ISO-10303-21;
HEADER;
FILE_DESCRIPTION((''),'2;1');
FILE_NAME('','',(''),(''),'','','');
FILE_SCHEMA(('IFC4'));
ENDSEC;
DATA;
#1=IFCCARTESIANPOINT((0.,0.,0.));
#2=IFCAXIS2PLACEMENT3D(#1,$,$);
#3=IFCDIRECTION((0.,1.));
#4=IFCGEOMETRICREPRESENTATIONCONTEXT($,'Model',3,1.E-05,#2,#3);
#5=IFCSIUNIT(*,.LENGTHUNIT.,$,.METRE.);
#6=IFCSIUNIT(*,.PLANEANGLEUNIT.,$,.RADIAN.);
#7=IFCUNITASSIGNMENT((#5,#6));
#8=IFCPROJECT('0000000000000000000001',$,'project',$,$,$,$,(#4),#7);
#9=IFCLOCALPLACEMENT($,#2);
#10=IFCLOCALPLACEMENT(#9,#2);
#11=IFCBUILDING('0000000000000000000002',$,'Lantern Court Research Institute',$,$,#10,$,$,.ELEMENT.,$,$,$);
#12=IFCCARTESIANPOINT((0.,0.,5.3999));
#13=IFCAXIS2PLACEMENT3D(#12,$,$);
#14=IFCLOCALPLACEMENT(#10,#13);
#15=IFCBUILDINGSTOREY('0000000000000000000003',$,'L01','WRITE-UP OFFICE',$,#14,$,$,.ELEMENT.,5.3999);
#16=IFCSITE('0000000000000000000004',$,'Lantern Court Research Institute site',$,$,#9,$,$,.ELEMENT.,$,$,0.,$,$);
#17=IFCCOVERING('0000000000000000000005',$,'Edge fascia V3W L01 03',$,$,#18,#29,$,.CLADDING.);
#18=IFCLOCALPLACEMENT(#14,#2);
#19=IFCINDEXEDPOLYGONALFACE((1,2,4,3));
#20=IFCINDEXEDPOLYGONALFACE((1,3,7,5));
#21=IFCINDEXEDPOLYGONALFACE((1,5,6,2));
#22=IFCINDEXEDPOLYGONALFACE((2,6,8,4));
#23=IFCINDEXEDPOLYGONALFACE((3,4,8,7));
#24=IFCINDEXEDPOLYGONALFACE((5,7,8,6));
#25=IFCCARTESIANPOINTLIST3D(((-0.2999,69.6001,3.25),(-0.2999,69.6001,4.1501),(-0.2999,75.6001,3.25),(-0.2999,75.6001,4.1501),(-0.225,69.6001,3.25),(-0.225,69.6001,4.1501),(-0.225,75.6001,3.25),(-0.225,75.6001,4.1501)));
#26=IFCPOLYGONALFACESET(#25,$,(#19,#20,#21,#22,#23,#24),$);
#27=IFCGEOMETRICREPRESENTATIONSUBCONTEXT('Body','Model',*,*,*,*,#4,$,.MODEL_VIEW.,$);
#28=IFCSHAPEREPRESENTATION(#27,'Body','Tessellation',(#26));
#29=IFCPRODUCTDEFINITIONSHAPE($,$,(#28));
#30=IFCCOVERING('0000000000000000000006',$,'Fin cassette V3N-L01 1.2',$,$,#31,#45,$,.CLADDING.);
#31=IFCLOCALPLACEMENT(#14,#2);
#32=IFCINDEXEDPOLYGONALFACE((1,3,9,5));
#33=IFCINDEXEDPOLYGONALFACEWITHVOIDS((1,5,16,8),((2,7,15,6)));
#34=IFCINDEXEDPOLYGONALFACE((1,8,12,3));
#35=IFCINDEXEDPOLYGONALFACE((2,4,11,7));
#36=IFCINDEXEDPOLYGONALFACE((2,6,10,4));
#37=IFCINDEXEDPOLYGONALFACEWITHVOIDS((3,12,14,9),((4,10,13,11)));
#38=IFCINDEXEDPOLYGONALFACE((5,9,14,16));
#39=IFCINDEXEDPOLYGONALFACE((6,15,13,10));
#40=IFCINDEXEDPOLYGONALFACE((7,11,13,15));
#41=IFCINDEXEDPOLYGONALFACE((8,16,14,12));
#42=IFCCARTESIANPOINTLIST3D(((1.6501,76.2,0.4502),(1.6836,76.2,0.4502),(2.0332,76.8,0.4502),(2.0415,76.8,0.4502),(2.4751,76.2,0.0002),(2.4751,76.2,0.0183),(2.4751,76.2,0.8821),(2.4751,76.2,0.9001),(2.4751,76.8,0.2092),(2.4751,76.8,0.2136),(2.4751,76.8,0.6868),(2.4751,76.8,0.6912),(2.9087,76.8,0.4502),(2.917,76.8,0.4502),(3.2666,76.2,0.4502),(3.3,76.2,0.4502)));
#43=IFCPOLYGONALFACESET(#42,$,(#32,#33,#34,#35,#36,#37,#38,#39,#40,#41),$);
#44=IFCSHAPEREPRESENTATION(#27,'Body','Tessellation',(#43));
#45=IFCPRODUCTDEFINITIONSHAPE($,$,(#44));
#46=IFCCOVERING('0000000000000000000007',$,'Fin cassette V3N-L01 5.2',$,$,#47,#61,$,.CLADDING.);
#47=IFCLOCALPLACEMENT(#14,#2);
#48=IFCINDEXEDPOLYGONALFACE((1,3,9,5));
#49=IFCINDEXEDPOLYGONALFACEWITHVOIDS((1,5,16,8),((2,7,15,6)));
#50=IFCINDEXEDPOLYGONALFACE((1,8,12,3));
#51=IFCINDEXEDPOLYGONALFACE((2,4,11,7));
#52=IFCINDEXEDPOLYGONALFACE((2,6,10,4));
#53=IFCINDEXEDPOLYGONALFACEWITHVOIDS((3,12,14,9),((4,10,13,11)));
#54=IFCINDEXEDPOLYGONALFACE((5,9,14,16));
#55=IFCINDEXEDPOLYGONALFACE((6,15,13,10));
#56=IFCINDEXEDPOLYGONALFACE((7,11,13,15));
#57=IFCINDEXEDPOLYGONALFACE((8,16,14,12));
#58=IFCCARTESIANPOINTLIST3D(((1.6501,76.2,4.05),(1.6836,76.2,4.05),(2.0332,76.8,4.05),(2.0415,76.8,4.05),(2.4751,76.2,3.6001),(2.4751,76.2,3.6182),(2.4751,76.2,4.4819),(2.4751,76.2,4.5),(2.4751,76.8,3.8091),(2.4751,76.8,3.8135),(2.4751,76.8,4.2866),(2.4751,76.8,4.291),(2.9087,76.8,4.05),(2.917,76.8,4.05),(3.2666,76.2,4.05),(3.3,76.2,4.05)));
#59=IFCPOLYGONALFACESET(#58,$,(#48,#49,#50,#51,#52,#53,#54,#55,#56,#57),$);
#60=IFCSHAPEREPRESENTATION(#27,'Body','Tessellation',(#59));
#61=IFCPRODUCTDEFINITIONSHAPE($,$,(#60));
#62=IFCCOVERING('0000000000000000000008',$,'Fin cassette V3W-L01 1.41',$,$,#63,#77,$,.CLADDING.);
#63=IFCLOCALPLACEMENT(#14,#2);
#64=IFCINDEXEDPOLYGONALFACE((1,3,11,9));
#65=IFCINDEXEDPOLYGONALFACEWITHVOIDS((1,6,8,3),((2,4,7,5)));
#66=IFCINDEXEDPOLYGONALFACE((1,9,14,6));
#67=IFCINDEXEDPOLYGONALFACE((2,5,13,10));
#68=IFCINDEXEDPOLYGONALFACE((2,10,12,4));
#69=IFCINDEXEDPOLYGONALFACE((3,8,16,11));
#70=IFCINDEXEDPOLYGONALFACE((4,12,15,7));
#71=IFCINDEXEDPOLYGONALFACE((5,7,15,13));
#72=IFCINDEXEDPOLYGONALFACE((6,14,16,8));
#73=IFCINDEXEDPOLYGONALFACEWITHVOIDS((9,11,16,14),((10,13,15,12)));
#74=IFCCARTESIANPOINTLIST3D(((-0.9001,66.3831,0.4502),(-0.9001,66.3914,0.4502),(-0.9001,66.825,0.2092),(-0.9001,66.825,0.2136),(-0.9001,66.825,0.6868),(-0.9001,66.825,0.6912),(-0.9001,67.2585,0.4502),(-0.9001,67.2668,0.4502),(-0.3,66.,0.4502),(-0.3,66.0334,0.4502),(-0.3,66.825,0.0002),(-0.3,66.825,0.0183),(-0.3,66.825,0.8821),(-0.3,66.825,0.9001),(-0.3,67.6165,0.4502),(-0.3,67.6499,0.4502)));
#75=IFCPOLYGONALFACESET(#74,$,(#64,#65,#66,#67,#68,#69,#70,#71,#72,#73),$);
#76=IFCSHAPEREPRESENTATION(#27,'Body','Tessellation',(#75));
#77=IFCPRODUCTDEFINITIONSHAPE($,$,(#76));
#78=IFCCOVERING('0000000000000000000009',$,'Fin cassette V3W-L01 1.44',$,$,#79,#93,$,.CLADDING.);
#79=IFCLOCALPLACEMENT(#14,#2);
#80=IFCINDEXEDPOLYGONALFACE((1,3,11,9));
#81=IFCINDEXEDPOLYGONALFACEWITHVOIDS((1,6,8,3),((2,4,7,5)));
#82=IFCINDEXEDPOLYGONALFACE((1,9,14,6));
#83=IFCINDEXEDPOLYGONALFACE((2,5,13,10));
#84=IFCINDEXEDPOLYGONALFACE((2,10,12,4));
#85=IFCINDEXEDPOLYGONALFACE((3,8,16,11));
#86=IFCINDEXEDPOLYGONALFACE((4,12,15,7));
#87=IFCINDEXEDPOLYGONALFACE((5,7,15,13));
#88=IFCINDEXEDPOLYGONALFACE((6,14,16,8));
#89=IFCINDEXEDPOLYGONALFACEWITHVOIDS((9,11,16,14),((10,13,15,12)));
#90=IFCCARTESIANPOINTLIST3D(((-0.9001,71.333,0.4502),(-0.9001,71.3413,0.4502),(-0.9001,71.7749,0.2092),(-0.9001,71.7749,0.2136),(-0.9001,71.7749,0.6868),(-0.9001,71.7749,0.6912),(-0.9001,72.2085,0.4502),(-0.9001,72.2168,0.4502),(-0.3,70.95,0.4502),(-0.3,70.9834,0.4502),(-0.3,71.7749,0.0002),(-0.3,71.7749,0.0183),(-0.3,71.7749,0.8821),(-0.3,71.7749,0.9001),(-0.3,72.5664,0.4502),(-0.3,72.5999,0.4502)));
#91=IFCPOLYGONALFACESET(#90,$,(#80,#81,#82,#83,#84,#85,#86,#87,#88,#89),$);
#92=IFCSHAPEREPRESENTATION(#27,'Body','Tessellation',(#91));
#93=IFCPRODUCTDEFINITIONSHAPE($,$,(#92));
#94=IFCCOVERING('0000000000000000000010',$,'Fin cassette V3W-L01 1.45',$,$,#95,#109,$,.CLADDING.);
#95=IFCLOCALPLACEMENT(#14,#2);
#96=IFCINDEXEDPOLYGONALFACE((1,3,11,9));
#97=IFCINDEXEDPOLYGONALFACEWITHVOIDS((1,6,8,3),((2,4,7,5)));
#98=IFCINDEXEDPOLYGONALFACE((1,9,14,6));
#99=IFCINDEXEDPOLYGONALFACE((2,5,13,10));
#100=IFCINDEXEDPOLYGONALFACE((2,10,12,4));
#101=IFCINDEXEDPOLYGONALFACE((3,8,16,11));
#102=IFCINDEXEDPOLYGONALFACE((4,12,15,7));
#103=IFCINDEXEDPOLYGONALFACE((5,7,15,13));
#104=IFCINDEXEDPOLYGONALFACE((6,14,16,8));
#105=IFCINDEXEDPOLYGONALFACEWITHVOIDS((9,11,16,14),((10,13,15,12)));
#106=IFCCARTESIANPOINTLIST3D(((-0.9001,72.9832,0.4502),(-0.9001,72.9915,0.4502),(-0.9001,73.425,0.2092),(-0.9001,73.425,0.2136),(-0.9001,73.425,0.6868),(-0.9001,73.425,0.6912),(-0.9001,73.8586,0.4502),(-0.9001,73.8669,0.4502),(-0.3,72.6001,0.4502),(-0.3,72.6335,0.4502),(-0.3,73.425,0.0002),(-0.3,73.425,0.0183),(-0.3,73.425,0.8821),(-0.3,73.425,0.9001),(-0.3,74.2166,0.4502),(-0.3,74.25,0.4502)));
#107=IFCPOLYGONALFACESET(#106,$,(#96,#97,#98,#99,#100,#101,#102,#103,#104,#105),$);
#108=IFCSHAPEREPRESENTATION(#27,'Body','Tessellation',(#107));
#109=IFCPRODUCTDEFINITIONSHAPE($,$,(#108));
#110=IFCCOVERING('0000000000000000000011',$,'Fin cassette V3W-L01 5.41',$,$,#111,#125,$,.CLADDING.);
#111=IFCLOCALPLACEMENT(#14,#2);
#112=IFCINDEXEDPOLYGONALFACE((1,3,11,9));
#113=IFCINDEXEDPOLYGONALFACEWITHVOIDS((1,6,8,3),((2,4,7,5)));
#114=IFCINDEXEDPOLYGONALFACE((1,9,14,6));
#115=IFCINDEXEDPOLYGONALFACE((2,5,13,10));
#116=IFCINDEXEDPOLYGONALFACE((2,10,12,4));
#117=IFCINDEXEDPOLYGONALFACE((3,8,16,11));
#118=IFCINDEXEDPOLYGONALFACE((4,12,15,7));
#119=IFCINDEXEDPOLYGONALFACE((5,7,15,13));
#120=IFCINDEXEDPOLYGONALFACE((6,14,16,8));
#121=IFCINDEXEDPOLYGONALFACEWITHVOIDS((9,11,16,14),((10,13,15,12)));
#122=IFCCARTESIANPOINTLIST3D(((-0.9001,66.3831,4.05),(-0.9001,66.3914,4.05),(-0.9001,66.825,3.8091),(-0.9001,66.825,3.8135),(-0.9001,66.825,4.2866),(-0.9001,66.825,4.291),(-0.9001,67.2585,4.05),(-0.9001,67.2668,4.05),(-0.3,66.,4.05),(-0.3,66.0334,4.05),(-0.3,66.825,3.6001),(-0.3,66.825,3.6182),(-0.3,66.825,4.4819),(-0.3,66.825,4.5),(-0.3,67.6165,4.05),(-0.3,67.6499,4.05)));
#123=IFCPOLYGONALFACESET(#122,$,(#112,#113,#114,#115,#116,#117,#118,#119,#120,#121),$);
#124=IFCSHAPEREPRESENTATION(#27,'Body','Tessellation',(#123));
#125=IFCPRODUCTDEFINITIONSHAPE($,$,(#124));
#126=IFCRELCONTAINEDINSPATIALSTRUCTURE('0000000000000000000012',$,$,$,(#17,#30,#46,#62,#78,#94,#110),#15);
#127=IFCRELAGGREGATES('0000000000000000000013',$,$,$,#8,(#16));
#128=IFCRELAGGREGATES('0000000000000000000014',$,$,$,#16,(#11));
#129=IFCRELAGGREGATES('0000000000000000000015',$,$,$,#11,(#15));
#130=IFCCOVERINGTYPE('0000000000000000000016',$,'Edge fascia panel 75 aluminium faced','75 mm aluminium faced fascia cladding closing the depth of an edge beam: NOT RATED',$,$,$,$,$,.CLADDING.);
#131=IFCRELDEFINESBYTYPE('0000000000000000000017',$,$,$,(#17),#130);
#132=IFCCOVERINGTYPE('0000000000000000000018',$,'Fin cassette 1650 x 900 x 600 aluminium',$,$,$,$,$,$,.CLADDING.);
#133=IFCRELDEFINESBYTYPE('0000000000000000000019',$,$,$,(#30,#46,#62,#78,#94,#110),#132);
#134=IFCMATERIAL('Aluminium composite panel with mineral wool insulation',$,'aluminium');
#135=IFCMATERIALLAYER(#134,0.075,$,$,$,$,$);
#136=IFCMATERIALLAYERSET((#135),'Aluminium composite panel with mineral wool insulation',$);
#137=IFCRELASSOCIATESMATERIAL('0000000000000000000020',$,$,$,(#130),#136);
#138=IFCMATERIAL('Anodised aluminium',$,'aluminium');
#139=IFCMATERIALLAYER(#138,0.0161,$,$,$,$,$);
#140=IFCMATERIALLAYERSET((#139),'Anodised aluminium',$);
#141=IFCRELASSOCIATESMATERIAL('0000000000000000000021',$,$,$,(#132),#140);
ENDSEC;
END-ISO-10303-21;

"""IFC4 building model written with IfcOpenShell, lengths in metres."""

from ifc_helpers import new_model, entity, si_unit, direction, frame, frame_2d, origin, place, context, subcontext, project, spatial, rectangle, extrude, material, layer, layer_set, type_object, element, save


model = new_model("IFC4")

# Units and contexts
model_context = context("Model", 3, precision=1e-05, world=origin(), true_north=direction((0.0, 1.0)))
body_context = subcontext(model_context, "Body", "Model", "MODEL_VIEW")
ifc_project = project(units=[si_unit("LENGTHUNIT", "METRE"), si_unit("PLANEANGLEUNIT", "RADIAN")], contexts=[model_context])

# Site, building, storey
site_placement = place(None, origin())
site = spatial("IfcSite", under=ifc_project, at=site_placement, Name="Lantern Court Research Institute site", CompositionType="ELEMENT", RefElevation=0.0)
building_placement = place(site_placement, origin())
building = spatial("IfcBuilding", under=site, at=building_placement, Name="Lantern Court Research Institute", CompositionType="ELEMENT")
storey_placement = place(building_placement, frame((0.0, 0.0, 5.3999)))
storey = spatial("IfcBuildingStorey", under=building, at=storey_placement, Name="L01", Description="WRITE-UP OFFICE", CompositionType="ELEMENT", Elevation=5.3999)

# Coverings
ifc_material_1 = material(Name="Aluminium composite panel with mineral wool insulation", Category="aluminium")
ifc_layer_1 = layer(ifc_material_1, 0.075)
ifc_layer_set_1 = layer_set([ifc_layer_1], Name="Aluminium composite panel with mineral wool insulation")
covering_type_1 = type_object("IfcCoveringType", Name="Edge fascia panel 75 aluminium faced", Description="75 mm aluminium faced fascia cladding closing the depth of an edge beam: NOT RATED", PredefinedType="CLADDING", material=ifc_layer_set_1)
for number, where, z_axis, x_axis, name in (
    (1, (-0.2625, 69.6001, 3.25), (0.0, 0.0, 1.0), (0.0, 1.0, 0.0), "Edge fascia V3W L01 03"),
):
    element("IfcCovering", number, at=place(storey_placement, frame(where, z_axis=z_axis, x_axis=x_axis)), inside=storey, type_object=covering_type_1, Name=name, PredefinedType="CLADDING", context=body_context, shape_type="SweptSolid", body=[
        extrude(rectangle(XDim=6.0, YDim=0.075, at=frame_2d((3.0, 0.0))), origin(), (0.0, 0.0, 1.0), 0.9001),
    ])
ifc_material_2 = material(Name="Anodised aluminium", Category="aluminium")
ifc_layer_2 = layer(ifc_material_2, 0.0161)
ifc_layer_set_2 = layer_set([ifc_layer_2], Name="Anodised aluminium")
covering_type_2 = type_object("IfcCoveringType", Name="Fin cassette 1650 x 900 x 600 aluminium", PredefinedType="CLADDING", material=ifc_layer_set_2)
covering_1_placement = place(storey_placement, frame((2.4751, 76.2, 0.4502), z_axis=(0.0, 1.0, 0.0), x_axis=(-1.0, 0.0, 0.0)))
cartesian_point_1 = entity("IfcCartesianPoint", [0.825, 0.0])
cartesian_point_2 = entity("IfcCartesianPoint", [0.7915, 0.0])
cartesian_point_3 = entity("IfcCartesianPoint", [0.4419, 0.0])
cartesian_point_4 = entity("IfcCartesianPoint", [0.4336, 0.0])
element("IfcCovering", 2, at=covering_1_placement, inside=storey, type_object=covering_type_2, Name="Fin cassette V3N-L01 1.2", PredefinedType="CLADDING", context=body_context, shape_type="SweptSolid", body=[
    entity("IfcExtrudedAreaSolidTapered", entity("IfcArbitraryProfileDefWithVoids", "AREA", None, entity("IfcPolyline", [cartesian_point_1, entity("IfcCartesianPoint", [0.0, 0.45]), entity("IfcCartesianPoint", [-0.825, 0.0]), entity("IfcCartesianPoint", [0.0, -0.45]), cartesian_point_1]), [entity("IfcPolyline", [cartesian_point_2, entity("IfcCartesianPoint", [0.0, 0.4319]), entity("IfcCartesianPoint", [-0.7915, 0.0]), entity("IfcCartesianPoint", [0.0, -0.4319]), cartesian_point_2])]), entity("IfcAxis2Placement3D", entity("IfcCartesianPoint", [0.0, 0.0, 0.0])), entity("IfcDirection", [0.0, 0.0, 1.0]), 0.6001, entity("IfcArbitraryProfileDefWithVoids", "AREA", None, entity("IfcPolyline", [cartesian_point_3, entity("IfcCartesianPoint", [0.0, 0.241]), entity("IfcCartesianPoint", [-0.4419, 0.0]), entity("IfcCartesianPoint", [0.0, -0.241]), cartesian_point_3]), [entity("IfcPolyline", [cartesian_point_4, entity("IfcCartesianPoint", [0.0, 0.2366]), entity("IfcCartesianPoint", [-0.4336, 0.0]), entity("IfcCartesianPoint", [0.0, -0.2366]), cartesian_point_4])])),
])
covering_2_placement = place(storey_placement, frame((2.4751, 76.2, 4.05), z_axis=(0.0, 1.0, 0.0), x_axis=(-1.0, 0.0, 0.0)))
cartesian_point_5 = entity("IfcCartesianPoint", [0.825, 0.0])
cartesian_point_6 = entity("IfcCartesianPoint", [0.7915, 0.0])
cartesian_point_7 = entity("IfcCartesianPoint", [0.4419, 0.0])
cartesian_point_8 = entity("IfcCartesianPoint", [0.4336, 0.0])
element("IfcCovering", 3, at=covering_2_placement, inside=storey, type_object=covering_type_2, Name="Fin cassette V3N-L01 5.2", PredefinedType="CLADDING", context=body_context, shape_type="SweptSolid", body=[
    entity("IfcExtrudedAreaSolidTapered", entity("IfcArbitraryProfileDefWithVoids", "AREA", None, entity("IfcPolyline", [cartesian_point_5, entity("IfcCartesianPoint", [0.0, 0.45]), entity("IfcCartesianPoint", [-0.825, 0.0]), entity("IfcCartesianPoint", [0.0, -0.45]), cartesian_point_5]), [entity("IfcPolyline", [cartesian_point_6, entity("IfcCartesianPoint", [0.0, 0.4319]), entity("IfcCartesianPoint", [-0.7915, 0.0]), entity("IfcCartesianPoint", [0.0, -0.4319]), cartesian_point_6])]), entity("IfcAxis2Placement3D", entity("IfcCartesianPoint", [0.0, 0.0, 0.0])), entity("IfcDirection", [0.0, 0.0, 1.0]), 0.6001, entity("IfcArbitraryProfileDefWithVoids", "AREA", None, entity("IfcPolyline", [cartesian_point_7, entity("IfcCartesianPoint", [0.0, 0.241]), entity("IfcCartesianPoint", [-0.4419, 0.0]), entity("IfcCartesianPoint", [0.0, -0.241]), cartesian_point_7]), [entity("IfcPolyline", [cartesian_point_8, entity("IfcCartesianPoint", [0.0, 0.2366]), entity("IfcCartesianPoint", [-0.4336, 0.0]), entity("IfcCartesianPoint", [0.0, -0.2366]), cartesian_point_8])])),
])
covering_3_placement = place(storey_placement, frame((-0.3, 66.825, 0.4502), z_axis=(-1.0, 0.0, 0.0), x_axis=(0.0, -1.0, 0.0)))
cartesian_point_9 = entity("IfcCartesianPoint", [0.825, 0.0])
cartesian_point_10 = entity("IfcCartesianPoint", [0.7915, 0.0])
cartesian_point_11 = entity("IfcCartesianPoint", [0.4419, 0.0])
cartesian_point_12 = entity("IfcCartesianPoint", [0.4336, 0.0])
element("IfcCovering", 4, at=covering_3_placement, inside=storey, type_object=covering_type_2, Name="Fin cassette V3W-L01 1.41", PredefinedType="CLADDING", context=body_context, shape_type="SweptSolid", body=[
    entity("IfcExtrudedAreaSolidTapered", entity("IfcArbitraryProfileDefWithVoids", "AREA", None, entity("IfcPolyline", [cartesian_point_9, entity("IfcCartesianPoint", [0.0, 0.45]), entity("IfcCartesianPoint", [-0.825, 0.0]), entity("IfcCartesianPoint", [0.0, -0.45]), cartesian_point_9]), [entity("IfcPolyline", [cartesian_point_10, entity("IfcCartesianPoint", [0.0, 0.4319]), entity("IfcCartesianPoint", [-0.7915, 0.0]), entity("IfcCartesianPoint", [0.0, -0.4319]), cartesian_point_10])]), entity("IfcAxis2Placement3D", entity("IfcCartesianPoint", [0.0, 0.0, 0.0])), entity("IfcDirection", [0.0, 0.0, 1.0]), 0.6001, entity("IfcArbitraryProfileDefWithVoids", "AREA", None, entity("IfcPolyline", [cartesian_point_11, entity("IfcCartesianPoint", [0.0, 0.241]), entity("IfcCartesianPoint", [-0.4419, 0.0]), entity("IfcCartesianPoint", [0.0, -0.241]), cartesian_point_11]), [entity("IfcPolyline", [cartesian_point_12, entity("IfcCartesianPoint", [0.0, 0.2366]), entity("IfcCartesianPoint", [-0.4336, 0.0]), entity("IfcCartesianPoint", [0.0, -0.2366]), cartesian_point_12])])),
])
covering_4_placement = place(storey_placement, frame((-0.3, 71.7749, 0.4502), z_axis=(-1.0, 0.0, 0.0), x_axis=(0.0, -1.0, 0.0)))
cartesian_point_13 = entity("IfcCartesianPoint", [0.825, 0.0])
cartesian_point_14 = entity("IfcCartesianPoint", [0.7915, 0.0])
cartesian_point_15 = entity("IfcCartesianPoint", [0.4419, 0.0])
cartesian_point_16 = entity("IfcCartesianPoint", [0.4336, 0.0])
element("IfcCovering", 5, at=covering_4_placement, inside=storey, type_object=covering_type_2, Name="Fin cassette V3W-L01 1.44", PredefinedType="CLADDING", context=body_context, shape_type="SweptSolid", body=[
    entity("IfcExtrudedAreaSolidTapered", entity("IfcArbitraryProfileDefWithVoids", "AREA", None, entity("IfcPolyline", [cartesian_point_13, entity("IfcCartesianPoint", [0.0, 0.45]), entity("IfcCartesianPoint", [-0.825, 0.0]), entity("IfcCartesianPoint", [0.0, -0.45]), cartesian_point_13]), [entity("IfcPolyline", [cartesian_point_14, entity("IfcCartesianPoint", [0.0, 0.4319]), entity("IfcCartesianPoint", [-0.7915, 0.0]), entity("IfcCartesianPoint", [0.0, -0.4319]), cartesian_point_14])]), entity("IfcAxis2Placement3D", entity("IfcCartesianPoint", [0.0, 0.0, 0.0])), entity("IfcDirection", [0.0, 0.0, 1.0]), 0.6001, entity("IfcArbitraryProfileDefWithVoids", "AREA", None, entity("IfcPolyline", [cartesian_point_15, entity("IfcCartesianPoint", [0.0, 0.241]), entity("IfcCartesianPoint", [-0.4419, 0.0]), entity("IfcCartesianPoint", [0.0, -0.241]), cartesian_point_15]), [entity("IfcPolyline", [cartesian_point_16, entity("IfcCartesianPoint", [0.0, 0.2366]), entity("IfcCartesianPoint", [-0.4336, 0.0]), entity("IfcCartesianPoint", [0.0, -0.2366]), cartesian_point_16])])),
])
covering_5_placement = place(storey_placement, frame((-0.3, 73.425, 0.4502), z_axis=(-1.0, 0.0, 0.0), x_axis=(0.0, -1.0, 0.0)))
cartesian_point_17 = entity("IfcCartesianPoint", [0.825, 0.0])
cartesian_point_18 = entity("IfcCartesianPoint", [0.7915, 0.0])
cartesian_point_19 = entity("IfcCartesianPoint", [0.4419, 0.0])
cartesian_point_20 = entity("IfcCartesianPoint", [0.4336, 0.0])
element("IfcCovering", 6, at=covering_5_placement, inside=storey, type_object=covering_type_2, Name="Fin cassette V3W-L01 1.45", PredefinedType="CLADDING", context=body_context, shape_type="SweptSolid", body=[
    entity("IfcExtrudedAreaSolidTapered", entity("IfcArbitraryProfileDefWithVoids", "AREA", None, entity("IfcPolyline", [cartesian_point_17, entity("IfcCartesianPoint", [0.0, 0.45]), entity("IfcCartesianPoint", [-0.825, 0.0]), entity("IfcCartesianPoint", [0.0, -0.45]), cartesian_point_17]), [entity("IfcPolyline", [cartesian_point_18, entity("IfcCartesianPoint", [0.0, 0.4319]), entity("IfcCartesianPoint", [-0.7915, 0.0]), entity("IfcCartesianPoint", [0.0, -0.4319]), cartesian_point_18])]), entity("IfcAxis2Placement3D", entity("IfcCartesianPoint", [0.0, 0.0, 0.0])), entity("IfcDirection", [0.0, 0.0, 1.0]), 0.6001, entity("IfcArbitraryProfileDefWithVoids", "AREA", None, entity("IfcPolyline", [cartesian_point_19, entity("IfcCartesianPoint", [0.0, 0.241]), entity("IfcCartesianPoint", [-0.4419, 0.0]), entity("IfcCartesianPoint", [0.0, -0.241]), cartesian_point_19]), [entity("IfcPolyline", [cartesian_point_20, entity("IfcCartesianPoint", [0.0, 0.2366]), entity("IfcCartesianPoint", [-0.4336, 0.0]), entity("IfcCartesianPoint", [0.0, -0.2366]), cartesian_point_20])])),
])
covering_6_placement = place(storey_placement, frame((-0.3, 66.825, 4.05), z_axis=(-1.0, 0.0, 0.0), x_axis=(0.0, -1.0, 0.0)))
cartesian_point_21 = entity("IfcCartesianPoint", [0.825, 0.0])
cartesian_point_22 = entity("IfcCartesianPoint", [0.7915, 0.0])
cartesian_point_23 = entity("IfcCartesianPoint", [0.4419, 0.0])
cartesian_point_24 = entity("IfcCartesianPoint", [0.4336, 0.0])
element("IfcCovering", 7, at=covering_6_placement, inside=storey, type_object=covering_type_2, Name="Fin cassette V3W-L01 5.41", PredefinedType="CLADDING", context=body_context, shape_type="SweptSolid", body=[
    entity("IfcExtrudedAreaSolidTapered", entity("IfcArbitraryProfileDefWithVoids", "AREA", None, entity("IfcPolyline", [cartesian_point_21, entity("IfcCartesianPoint", [0.0, 0.45]), entity("IfcCartesianPoint", [-0.825, 0.0]), entity("IfcCartesianPoint", [0.0, -0.45]), cartesian_point_21]), [entity("IfcPolyline", [cartesian_point_22, entity("IfcCartesianPoint", [0.0, 0.4319]), entity("IfcCartesianPoint", [-0.7915, 0.0]), entity("IfcCartesianPoint", [0.0, -0.4319]), cartesian_point_22])]), entity("IfcAxis2Placement3D", entity("IfcCartesianPoint", [0.0, 0.0, 0.0])), entity("IfcDirection", [0.0, 0.0, 1.0]), 0.6001, entity("IfcArbitraryProfileDefWithVoids", "AREA", None, entity("IfcPolyline", [cartesian_point_23, entity("IfcCartesianPoint", [0.0, 0.241]), entity("IfcCartesianPoint", [-0.4419, 0.0]), entity("IfcCartesianPoint", [0.0, -0.241]), cartesian_point_23]), [entity("IfcPolyline", [cartesian_point_24, entity("IfcCartesianPoint", [0.0, 0.2366]), entity("IfcCartesianPoint", [-0.4336, 0.0]), entity("IfcCartesianPoint", [0.0, -0.2366]), cartesian_point_24])])),
])

save(model, "model.ifc")
